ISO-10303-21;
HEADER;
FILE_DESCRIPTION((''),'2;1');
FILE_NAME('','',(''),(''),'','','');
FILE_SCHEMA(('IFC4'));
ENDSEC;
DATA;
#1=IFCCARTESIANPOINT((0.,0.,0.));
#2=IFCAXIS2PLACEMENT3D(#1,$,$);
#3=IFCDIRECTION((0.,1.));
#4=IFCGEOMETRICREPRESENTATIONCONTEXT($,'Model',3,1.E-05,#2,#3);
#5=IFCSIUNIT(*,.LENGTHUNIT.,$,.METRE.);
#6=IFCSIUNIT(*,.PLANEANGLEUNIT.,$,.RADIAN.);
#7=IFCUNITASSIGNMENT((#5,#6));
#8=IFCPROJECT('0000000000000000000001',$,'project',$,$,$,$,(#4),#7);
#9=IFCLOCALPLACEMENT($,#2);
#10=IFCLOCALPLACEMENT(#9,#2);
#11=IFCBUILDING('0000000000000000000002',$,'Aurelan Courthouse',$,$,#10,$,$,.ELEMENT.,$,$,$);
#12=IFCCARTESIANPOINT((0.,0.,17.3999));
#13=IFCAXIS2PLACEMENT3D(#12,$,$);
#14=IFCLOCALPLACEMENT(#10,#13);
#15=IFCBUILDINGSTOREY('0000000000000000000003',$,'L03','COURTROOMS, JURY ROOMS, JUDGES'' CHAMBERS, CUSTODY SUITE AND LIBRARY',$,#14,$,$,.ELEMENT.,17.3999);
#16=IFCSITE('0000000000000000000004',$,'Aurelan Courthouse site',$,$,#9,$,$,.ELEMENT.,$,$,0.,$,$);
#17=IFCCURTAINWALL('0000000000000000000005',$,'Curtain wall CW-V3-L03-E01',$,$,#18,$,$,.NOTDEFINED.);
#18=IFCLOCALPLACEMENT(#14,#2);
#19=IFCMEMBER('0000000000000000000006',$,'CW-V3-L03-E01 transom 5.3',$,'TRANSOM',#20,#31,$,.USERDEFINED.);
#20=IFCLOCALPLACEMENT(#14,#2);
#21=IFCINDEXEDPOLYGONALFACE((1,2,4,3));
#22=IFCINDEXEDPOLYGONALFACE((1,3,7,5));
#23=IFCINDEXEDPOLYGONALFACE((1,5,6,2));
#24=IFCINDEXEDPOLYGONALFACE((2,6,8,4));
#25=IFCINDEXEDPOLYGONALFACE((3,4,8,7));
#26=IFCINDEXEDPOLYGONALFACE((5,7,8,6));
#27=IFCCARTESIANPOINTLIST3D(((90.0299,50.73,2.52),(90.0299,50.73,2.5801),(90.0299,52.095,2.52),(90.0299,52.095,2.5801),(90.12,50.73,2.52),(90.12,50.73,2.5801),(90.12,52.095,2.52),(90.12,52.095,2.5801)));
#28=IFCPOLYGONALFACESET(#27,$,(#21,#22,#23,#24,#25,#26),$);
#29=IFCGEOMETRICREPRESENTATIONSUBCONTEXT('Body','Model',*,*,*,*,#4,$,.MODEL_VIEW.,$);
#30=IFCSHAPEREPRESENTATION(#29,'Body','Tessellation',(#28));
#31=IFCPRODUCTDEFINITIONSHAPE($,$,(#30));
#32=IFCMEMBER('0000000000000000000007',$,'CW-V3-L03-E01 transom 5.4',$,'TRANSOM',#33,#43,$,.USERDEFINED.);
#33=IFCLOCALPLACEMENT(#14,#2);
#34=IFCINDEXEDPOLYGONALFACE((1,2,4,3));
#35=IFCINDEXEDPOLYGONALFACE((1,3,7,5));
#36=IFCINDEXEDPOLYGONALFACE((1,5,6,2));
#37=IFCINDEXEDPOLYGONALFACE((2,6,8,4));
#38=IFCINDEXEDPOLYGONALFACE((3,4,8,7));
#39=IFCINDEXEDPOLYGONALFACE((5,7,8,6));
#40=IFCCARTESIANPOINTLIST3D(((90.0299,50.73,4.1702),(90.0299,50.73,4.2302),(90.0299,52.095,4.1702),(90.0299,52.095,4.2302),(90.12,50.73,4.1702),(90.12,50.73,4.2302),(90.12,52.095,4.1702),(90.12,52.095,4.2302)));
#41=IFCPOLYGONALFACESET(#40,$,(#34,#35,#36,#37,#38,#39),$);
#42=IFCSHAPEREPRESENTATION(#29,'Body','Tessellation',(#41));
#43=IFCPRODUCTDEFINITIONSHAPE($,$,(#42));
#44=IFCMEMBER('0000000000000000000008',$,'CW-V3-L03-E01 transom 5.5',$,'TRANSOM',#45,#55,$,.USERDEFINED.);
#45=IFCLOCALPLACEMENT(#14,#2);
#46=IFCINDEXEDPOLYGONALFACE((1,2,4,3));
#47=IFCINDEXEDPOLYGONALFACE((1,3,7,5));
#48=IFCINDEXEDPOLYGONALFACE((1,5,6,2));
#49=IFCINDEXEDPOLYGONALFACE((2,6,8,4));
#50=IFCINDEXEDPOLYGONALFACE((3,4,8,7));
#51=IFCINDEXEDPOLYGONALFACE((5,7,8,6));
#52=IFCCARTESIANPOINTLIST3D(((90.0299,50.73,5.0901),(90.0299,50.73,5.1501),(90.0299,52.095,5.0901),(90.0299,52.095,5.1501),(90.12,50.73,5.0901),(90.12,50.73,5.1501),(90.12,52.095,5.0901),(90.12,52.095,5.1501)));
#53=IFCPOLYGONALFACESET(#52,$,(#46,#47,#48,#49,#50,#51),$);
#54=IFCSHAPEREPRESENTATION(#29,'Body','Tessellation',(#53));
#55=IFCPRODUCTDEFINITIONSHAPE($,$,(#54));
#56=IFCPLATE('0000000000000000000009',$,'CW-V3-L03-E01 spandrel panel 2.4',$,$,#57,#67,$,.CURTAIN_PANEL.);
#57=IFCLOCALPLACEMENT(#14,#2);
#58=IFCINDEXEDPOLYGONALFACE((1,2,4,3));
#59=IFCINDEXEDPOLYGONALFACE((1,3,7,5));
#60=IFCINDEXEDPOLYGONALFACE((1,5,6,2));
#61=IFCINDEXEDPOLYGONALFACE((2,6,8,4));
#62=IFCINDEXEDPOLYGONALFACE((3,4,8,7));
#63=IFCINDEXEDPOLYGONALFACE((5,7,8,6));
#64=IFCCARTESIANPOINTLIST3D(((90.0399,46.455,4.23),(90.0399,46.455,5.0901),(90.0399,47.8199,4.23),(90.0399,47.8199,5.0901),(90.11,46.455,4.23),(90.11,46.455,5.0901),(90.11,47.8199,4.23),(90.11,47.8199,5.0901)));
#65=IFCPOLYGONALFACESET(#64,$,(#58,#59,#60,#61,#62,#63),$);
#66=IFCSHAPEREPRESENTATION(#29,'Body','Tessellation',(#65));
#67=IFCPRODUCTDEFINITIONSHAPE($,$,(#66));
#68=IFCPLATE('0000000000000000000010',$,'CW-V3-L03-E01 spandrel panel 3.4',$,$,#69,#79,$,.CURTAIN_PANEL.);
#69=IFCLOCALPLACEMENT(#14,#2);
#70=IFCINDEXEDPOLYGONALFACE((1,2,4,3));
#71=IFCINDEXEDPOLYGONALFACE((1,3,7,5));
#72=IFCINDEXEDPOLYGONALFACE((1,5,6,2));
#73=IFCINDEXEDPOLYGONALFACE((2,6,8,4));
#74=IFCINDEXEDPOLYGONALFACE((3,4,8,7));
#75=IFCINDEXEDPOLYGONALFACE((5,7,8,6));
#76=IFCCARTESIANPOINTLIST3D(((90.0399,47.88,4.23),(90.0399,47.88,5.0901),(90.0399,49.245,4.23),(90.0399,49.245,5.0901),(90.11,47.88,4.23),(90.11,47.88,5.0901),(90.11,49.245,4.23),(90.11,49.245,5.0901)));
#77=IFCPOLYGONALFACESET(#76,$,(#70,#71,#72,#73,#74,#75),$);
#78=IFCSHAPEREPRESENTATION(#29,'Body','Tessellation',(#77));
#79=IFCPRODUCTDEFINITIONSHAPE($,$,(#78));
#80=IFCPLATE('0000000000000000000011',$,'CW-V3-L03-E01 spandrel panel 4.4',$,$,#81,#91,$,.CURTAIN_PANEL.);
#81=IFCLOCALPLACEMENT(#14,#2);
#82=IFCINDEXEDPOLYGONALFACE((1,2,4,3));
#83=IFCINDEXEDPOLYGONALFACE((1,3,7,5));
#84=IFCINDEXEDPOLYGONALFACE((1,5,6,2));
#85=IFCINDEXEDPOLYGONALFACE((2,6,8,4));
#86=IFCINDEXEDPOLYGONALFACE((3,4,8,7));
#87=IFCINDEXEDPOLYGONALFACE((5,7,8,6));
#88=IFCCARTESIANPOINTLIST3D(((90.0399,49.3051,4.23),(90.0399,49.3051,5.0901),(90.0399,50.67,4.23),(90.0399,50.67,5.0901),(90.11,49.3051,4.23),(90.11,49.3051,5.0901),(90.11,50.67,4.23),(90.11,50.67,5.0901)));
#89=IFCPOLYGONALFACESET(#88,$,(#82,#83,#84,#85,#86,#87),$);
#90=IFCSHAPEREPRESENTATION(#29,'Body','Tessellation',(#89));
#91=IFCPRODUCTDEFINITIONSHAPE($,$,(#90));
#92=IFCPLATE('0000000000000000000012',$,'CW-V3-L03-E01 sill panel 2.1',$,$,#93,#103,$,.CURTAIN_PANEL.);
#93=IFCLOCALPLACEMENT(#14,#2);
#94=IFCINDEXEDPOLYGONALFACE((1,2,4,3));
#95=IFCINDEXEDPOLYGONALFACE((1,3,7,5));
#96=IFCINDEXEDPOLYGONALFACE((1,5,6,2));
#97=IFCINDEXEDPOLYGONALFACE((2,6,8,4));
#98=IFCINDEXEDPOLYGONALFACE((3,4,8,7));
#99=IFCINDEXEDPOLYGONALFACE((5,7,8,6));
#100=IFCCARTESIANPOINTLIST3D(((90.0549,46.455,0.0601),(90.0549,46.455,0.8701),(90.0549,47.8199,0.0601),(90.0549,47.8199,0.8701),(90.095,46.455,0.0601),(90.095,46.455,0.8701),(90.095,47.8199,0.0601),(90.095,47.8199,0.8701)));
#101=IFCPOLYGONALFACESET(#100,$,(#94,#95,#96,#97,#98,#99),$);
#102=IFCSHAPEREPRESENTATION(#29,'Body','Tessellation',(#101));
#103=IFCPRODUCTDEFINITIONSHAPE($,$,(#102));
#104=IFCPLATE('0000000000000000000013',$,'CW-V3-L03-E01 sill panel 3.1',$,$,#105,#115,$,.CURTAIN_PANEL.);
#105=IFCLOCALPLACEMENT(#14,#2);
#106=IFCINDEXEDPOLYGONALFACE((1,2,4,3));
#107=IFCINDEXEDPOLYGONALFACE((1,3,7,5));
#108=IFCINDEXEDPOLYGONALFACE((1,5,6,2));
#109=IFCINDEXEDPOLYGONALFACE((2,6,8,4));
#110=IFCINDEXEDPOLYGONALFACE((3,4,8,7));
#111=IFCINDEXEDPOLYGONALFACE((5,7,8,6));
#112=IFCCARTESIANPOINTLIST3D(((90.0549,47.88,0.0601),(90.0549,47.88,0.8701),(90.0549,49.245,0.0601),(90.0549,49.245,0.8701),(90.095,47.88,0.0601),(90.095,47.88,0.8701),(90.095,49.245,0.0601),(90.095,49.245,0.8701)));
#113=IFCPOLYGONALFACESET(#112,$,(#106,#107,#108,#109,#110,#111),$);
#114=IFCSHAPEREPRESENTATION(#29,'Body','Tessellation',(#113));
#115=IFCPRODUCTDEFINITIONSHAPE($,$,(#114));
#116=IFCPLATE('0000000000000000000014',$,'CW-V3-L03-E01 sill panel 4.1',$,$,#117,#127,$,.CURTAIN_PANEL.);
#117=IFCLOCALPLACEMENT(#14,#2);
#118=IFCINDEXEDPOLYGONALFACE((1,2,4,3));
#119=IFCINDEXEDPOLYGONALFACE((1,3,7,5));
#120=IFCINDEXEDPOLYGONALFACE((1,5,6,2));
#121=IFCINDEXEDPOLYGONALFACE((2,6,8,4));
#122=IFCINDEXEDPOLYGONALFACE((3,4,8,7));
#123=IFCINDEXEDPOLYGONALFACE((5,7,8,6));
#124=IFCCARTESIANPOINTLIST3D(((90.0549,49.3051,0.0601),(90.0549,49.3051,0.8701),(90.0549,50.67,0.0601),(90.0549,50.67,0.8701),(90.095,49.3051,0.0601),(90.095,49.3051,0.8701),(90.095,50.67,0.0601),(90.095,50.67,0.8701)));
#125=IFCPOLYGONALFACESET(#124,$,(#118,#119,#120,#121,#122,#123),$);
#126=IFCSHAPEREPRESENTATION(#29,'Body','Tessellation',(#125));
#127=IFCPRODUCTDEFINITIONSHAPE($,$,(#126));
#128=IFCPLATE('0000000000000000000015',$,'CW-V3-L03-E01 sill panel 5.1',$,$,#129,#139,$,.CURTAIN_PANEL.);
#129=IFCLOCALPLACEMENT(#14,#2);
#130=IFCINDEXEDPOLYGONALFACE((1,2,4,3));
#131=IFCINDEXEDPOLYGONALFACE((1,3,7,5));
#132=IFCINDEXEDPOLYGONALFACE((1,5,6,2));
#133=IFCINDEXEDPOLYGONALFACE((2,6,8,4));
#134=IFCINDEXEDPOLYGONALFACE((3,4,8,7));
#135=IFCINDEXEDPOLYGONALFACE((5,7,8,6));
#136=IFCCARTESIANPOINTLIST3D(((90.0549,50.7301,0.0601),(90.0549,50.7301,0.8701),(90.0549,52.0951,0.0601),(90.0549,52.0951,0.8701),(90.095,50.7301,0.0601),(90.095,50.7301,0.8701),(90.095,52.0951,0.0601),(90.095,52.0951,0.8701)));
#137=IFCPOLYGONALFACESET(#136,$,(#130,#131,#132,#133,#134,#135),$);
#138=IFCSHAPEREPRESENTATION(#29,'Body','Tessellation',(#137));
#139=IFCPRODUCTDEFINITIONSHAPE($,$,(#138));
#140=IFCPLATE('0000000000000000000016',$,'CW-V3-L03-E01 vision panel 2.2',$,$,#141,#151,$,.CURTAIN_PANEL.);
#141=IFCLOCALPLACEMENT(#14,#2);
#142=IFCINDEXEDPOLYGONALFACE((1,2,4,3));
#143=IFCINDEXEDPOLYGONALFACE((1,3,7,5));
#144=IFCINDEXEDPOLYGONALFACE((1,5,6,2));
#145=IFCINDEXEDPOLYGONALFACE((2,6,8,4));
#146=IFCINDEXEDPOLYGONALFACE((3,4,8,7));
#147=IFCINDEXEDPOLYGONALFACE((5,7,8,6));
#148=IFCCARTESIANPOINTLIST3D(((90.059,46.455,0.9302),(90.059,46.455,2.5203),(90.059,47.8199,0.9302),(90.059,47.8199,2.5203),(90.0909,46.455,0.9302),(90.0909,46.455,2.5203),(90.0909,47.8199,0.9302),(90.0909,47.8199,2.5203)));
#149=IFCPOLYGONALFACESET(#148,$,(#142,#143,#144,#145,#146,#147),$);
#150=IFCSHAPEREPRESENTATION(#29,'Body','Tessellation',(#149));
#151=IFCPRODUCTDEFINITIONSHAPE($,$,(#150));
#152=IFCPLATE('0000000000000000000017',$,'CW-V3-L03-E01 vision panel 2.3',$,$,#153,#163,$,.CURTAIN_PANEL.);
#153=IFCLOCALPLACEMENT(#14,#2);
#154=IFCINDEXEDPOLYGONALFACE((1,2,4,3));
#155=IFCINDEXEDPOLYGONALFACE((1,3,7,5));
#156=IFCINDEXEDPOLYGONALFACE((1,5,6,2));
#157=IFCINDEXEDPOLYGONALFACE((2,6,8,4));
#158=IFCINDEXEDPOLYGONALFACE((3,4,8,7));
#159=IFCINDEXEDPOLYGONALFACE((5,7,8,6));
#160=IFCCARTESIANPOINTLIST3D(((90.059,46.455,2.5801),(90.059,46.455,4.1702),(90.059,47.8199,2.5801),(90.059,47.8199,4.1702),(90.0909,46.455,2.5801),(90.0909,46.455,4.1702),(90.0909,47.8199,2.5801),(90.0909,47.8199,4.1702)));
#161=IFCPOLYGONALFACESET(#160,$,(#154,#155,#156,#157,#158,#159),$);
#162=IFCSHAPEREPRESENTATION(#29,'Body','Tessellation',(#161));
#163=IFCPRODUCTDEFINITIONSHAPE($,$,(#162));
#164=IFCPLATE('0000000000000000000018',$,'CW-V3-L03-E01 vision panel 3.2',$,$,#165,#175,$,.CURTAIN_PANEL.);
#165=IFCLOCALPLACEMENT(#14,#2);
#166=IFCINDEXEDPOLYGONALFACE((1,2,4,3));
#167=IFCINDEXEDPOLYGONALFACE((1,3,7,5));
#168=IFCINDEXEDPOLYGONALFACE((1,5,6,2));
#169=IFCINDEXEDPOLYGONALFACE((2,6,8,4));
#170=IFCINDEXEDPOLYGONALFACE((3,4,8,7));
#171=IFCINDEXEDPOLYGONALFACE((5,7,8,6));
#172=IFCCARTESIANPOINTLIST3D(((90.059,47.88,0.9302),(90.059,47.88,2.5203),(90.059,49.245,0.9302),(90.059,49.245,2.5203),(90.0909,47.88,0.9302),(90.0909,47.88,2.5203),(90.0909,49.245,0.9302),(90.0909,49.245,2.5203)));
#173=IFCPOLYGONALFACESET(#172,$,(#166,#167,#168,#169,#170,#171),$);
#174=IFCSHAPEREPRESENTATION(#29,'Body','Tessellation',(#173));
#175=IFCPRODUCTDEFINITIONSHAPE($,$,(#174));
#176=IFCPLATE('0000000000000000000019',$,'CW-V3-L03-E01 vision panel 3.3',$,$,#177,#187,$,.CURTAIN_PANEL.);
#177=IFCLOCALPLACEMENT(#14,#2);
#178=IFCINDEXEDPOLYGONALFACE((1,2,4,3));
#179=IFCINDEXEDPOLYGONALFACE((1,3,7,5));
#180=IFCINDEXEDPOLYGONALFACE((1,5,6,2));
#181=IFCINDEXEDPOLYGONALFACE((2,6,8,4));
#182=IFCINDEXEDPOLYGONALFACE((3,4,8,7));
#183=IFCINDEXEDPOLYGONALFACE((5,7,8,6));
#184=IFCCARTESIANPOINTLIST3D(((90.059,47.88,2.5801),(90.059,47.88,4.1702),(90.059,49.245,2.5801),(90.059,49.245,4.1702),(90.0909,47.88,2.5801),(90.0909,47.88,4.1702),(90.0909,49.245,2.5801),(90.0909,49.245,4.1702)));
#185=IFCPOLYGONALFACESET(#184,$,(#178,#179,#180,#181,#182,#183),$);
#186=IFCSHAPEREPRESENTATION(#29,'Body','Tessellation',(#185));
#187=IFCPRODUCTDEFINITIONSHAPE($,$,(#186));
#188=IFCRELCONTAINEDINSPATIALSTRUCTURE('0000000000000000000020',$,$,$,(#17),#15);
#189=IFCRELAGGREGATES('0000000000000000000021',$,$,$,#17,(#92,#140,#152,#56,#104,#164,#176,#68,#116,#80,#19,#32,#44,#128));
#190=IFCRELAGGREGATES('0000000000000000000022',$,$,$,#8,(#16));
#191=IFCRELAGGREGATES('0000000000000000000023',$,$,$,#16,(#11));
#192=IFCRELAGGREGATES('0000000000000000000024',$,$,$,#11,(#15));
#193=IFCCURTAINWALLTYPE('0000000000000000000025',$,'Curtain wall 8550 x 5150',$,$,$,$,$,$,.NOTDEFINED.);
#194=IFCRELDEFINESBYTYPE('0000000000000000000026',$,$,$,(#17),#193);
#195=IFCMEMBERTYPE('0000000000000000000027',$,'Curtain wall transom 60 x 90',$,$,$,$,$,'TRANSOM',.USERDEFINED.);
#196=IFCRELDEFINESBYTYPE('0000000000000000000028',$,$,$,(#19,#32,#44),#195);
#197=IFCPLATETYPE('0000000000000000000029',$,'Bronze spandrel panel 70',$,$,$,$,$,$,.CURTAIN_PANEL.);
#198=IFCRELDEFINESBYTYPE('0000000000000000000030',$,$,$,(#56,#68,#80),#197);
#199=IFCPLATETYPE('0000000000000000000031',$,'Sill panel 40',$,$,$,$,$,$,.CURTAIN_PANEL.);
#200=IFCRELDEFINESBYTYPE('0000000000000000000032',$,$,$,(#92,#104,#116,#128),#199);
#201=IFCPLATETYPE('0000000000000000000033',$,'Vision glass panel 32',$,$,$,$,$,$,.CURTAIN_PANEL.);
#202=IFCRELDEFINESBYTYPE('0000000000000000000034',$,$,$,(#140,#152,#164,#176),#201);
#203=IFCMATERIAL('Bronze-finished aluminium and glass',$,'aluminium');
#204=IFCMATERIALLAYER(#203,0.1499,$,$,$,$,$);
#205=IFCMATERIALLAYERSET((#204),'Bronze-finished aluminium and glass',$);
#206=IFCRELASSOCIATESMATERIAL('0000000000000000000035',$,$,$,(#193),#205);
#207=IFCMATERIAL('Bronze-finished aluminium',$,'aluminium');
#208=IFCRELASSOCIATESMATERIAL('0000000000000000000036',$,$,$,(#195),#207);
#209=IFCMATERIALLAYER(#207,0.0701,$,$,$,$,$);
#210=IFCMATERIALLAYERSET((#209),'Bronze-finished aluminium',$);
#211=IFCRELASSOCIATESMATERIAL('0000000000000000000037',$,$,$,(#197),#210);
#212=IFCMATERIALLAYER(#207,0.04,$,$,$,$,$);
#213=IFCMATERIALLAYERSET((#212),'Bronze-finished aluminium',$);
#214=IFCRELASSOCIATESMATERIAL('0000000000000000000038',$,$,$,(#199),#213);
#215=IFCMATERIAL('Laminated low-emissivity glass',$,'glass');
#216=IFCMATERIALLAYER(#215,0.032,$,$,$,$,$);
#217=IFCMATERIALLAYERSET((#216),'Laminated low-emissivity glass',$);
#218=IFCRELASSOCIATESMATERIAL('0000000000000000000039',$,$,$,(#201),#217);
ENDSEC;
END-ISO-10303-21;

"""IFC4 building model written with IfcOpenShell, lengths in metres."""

from ifc_helpers import new_model, si_unit, direction, frame, origin, origin_2d, place, context, subcontext, project, spatial, rectangle, extrude, material, layer, layer_set, material_profile, profile_set, type_object, element, aggregate, save


model = new_model("IFC4")

# Units and contexts
model_context = context("Model", 3, precision=1e-05, world=origin(), true_north=direction((0.0, 1.0)))
body_context = subcontext(model_context, "Body", "Model", "MODEL_VIEW")
ifc_project = project(units=[si_unit("LENGTHUNIT", "METRE"), si_unit("PLANEANGLEUNIT", "RADIAN")], contexts=[model_context])

# Site, building, storey
site_placement = place(None, origin())
site = spatial("IfcSite", under=ifc_project, at=site_placement, Name="Aurelan Courthouse site", CompositionType="ELEMENT", RefElevation=0.0)
building_placement = place(site_placement, origin())
building = spatial("IfcBuilding", under=site, at=building_placement, Name="Aurelan Courthouse", CompositionType="ELEMENT")
storey_placement = place(building_placement, frame((0.0, 0.0, 17.3999)))
storey = spatial("IfcBuildingStorey", under=building, at=storey_placement, Name="L03", Description="COURTROOMS, JURY ROOMS, JUDGES' CHAMBERS, CUSTODY SUITE AND LIBRARY", CompositionType="ELEMENT", Elevation=17.3999)

# Curtain wall, members, plates
ifc_material_1 = material(Name="Bronze-finished aluminium and glass", Category="aluminium")
ifc_layer_1 = layer(ifc_material_1, 0.1499)
ifc_layer_set_1 = layer_set([ifc_layer_1], Name="Bronze-finished aluminium and glass")
curtain_wall_type = type_object("IfcCurtainWallType", Name="Curtain wall 8550 x 5150", PredefinedType="NOTDEFINED", material=ifc_layer_set_1)
curtain_wall_placement = place(storey_placement, origin())
curtain_wall = element("IfcCurtainWall", 1, at=curtain_wall_placement, inside=storey, type_object=curtain_wall_type, Name="Curtain wall CW-V3-L03-E01", PredefinedType="NOTDEFINED")
ifc_material_2 = material(Name="Bronze-finished aluminium", Category="aluminium")
ifc_material_profile_1 = material_profile(ifc_material_2, rectangle(XDim=0.0901, YDim=0.0601, at=origin_2d()), Name="Bronze transom 60 x 90")
ifc_profile_set_1 = profile_set([ifc_material_profile_1], Name="Bronze-finished aluminium")
member_type_1 = type_object("IfcMemberType", Name="Curtain wall transom 60 x 90", ElementType="TRANSOM", PredefinedType="USERDEFINED", material=ifc_profile_set_1)
member_1_placement = place(storey_placement, frame((90.075, 50.73, 2.55), z_axis=(0.0, 1.0, 0.0), x_axis=(-1.0, 0.0, 0.0)))
member_1 = element("IfcMember", 2, at=member_1_placement, type_object=member_type_1, Name="CW-V3-L03-E01 transom 5.3", ObjectType="TRANSOM", PredefinedType="USERDEFINED", context=body_context, shape_type="SweptSolid", body=[
    extrude(rectangle(XDim=0.0901, YDim=0.0601, at=origin_2d()), origin(), (0.0, 0.0, 1.0), 1.365),
])
member_2_placement = place(storey_placement, frame((90.075, 50.73, 4.2002), z_axis=(0.0, 1.0, 0.0), x_axis=(-1.0, 0.0, 0.0)))
member_2 = element("IfcMember", 3, at=member_2_placement, type_object=member_type_1, Name="CW-V3-L03-E01 transom 5.4", ObjectType="TRANSOM", PredefinedType="USERDEFINED", context=body_context, shape_type="SweptSolid", body=[
    extrude(rectangle(XDim=0.0901, YDim=0.0601, at=origin_2d()), origin(), (0.0, 0.0, 1.0), 1.365),
])
member_3_placement = place(storey_placement, frame((90.075, 50.73, 5.1201), z_axis=(0.0, 1.0, 0.0), x_axis=(-1.0, 0.0, 0.0)))
member_3 = element("IfcMember", 4, at=member_3_placement, type_object=member_type_1, Name="CW-V3-L03-E01 transom 5.5", ObjectType="TRANSOM", PredefinedType="USERDEFINED", context=body_context, shape_type="SweptSolid", body=[
    extrude(rectangle(XDim=0.0901, YDim=0.0601, at=origin_2d()), origin(), (0.0, 0.0, 1.0), 1.365),
])
ifc_layer_2 = layer(ifc_material_2, 0.0701)
ifc_layer_set_2 = layer_set([ifc_layer_2], Name="Bronze-finished aluminium")
plate_type_1 = type_object("IfcPlateType", Name="Bronze spandrel panel 70", PredefinedType="CURTAIN_PANEL", material=ifc_layer_set_2)
plate_1_placement = place(storey_placement, frame((90.075, 47.1375, 4.23), z_axis=(0.0, 0.0, 1.0), x_axis=(0.0, 1.0, 0.0)))
plate_1 = element("IfcPlate", 5, at=plate_1_placement, type_object=plate_type_1, Name="CW-V3-L03-E01 spandrel panel 2.4", PredefinedType="CURTAIN_PANEL", context=body_context, shape_type="SweptSolid", body=[
    extrude(rectangle(XDim=1.365, YDim=0.0701, at=origin_2d()), origin(), (0.0, 0.0, 1.0), 0.8601),
])
plate_2_placement = place(storey_placement, frame((90.075, 48.5625, 4.23), z_axis=(0.0, 0.0, 1.0), x_axis=(0.0, 1.0, 0.0)))
plate_2 = element("IfcPlate", 6, at=plate_2_placement, type_object=plate_type_1, Name="CW-V3-L03-E01 spandrel panel 3.4", PredefinedType="CURTAIN_PANEL", context=body_context, shape_type="SweptSolid", body=[
    extrude(rectangle(XDim=1.365, YDim=0.0701, at=origin_2d()), origin(), (0.0, 0.0, 1.0), 0.8601),
])
plate_3_placement = place(storey_placement, frame((90.075, 49.9875, 4.23), z_axis=(0.0, 0.0, 1.0), x_axis=(0.0, 1.0, 0.0)))
plate_3 = element("IfcPlate", 7, at=plate_3_placement, type_object=plate_type_1, Name="CW-V3-L03-E01 spandrel panel 4.4", PredefinedType="CURTAIN_PANEL", context=body_context, shape_type="SweptSolid", body=[
    extrude(rectangle(XDim=1.365, YDim=0.0701, at=origin_2d()), origin(), (0.0, 0.0, 1.0), 0.8601),
])
ifc_layer_3 = layer(ifc_material_2, 0.04)
ifc_layer_set_3 = layer_set([ifc_layer_3], Name="Bronze-finished aluminium")
plate_type_2 = type_object("IfcPlateType", Name="Sill panel 40", PredefinedType="CURTAIN_PANEL", material=ifc_layer_set_3)
plate_4_placement = place(storey_placement, frame((90.075, 47.1375, 0.0601), z_axis=(0.0, 0.0, 1.0), x_axis=(0.0, 1.0, 0.0)))
plate_4 = element("IfcPlate", 8, at=plate_4_placement, type_object=plate_type_2, Name="CW-V3-L03-E01 sill panel 2.1", PredefinedType="CURTAIN_PANEL", context=body_context, shape_type="SweptSolid", body=[
    extrude(rectangle(XDim=1.365, YDim=0.04, at=origin_2d()), origin(), (0.0, 0.0, 1.0), 0.8101),
])
plate_5_placement = place(storey_placement, frame((90.075, 48.5625, 0.0601), z_axis=(0.0, 0.0, 1.0), x_axis=(0.0, 1.0, 0.0)))
plate_5 = element("IfcPlate", 9, at=plate_5_placement, type_object=plate_type_2, Name="CW-V3-L03-E01 sill panel 3.1", PredefinedType="CURTAIN_PANEL", context=body_context, shape_type="SweptSolid", body=[
    extrude(rectangle(XDim=1.365, YDim=0.04, at=origin_2d()), origin(), (0.0, 0.0, 1.0), 0.8101),
])
plate_6_placement = place(storey_placement, frame((90.075, 49.9875, 0.0601), z_axis=(0.0, 0.0, 1.0), x_axis=(0.0, 1.0, 0.0)))
plate_6 = element("IfcPlate", 10, at=plate_6_placement, type_object=plate_type_2, Name="CW-V3-L03-E01 sill panel 4.1", PredefinedType="CURTAIN_PANEL", context=body_context, shape_type="SweptSolid", body=[
    extrude(rectangle(XDim=1.365, YDim=0.04, at=origin_2d()), origin(), (0.0, 0.0, 1.0), 0.8101),
])
plate_7_placement = place(storey_placement, frame((90.075, 51.4126, 0.0601), z_axis=(0.0, 0.0, 1.0), x_axis=(0.0, 1.0, 0.0)))
plate_7 = element("IfcPlate", 11, at=plate_7_placement, type_object=plate_type_2, Name="CW-V3-L03-E01 sill panel 5.1", PredefinedType="CURTAIN_PANEL", context=body_context, shape_type="SweptSolid", body=[
    extrude(rectangle(XDim=1.365, YDim=0.04, at=origin_2d()), origin(), (0.0, 0.0, 1.0), 0.8101),
])
ifc_material_3 = material(Name="Laminated low-emissivity glass", Category="glass")
ifc_layer_4 = layer(ifc_material_3, 0.032)
ifc_layer_set_4 = layer_set([ifc_layer_4], Name="Laminated low-emissivity glass")
plate_type_3 = type_object("IfcPlateType", Name="Vision glass panel 32", PredefinedType="CURTAIN_PANEL", material=ifc_layer_set_4)
plate_8_placement = place(storey_placement, frame((90.075, 47.1375, 0.9302), z_axis=(0.0, 0.0, 1.0), x_axis=(0.0, 1.0, 0.0)))
plate_8 = element("IfcPlate", 12, at=plate_8_placement, type_object=plate_type_3, Name="CW-V3-L03-E01 vision panel 2.2", PredefinedType="CURTAIN_PANEL", context=body_context, shape_type="SweptSolid", body=[
    extrude(rectangle(XDim=1.365, YDim=0.032, at=origin_2d()), origin(), (0.0, 0.0, 1.0), 1.5901),
])
plate_9_placement = place(storey_placement, frame((90.075, 47.1375, 2.5801), z_axis=(0.0, 0.0, 1.0), x_axis=(0.0, 1.0, 0.0)))
plate_9 = element("IfcPlate", 13, at=plate_9_placement, type_object=plate_type_3, Name="CW-V3-L03-E01 vision panel 2.3", PredefinedType="CURTAIN_PANEL", context=body_context, shape_type="SweptSolid", body=[
    extrude(rectangle(XDim=1.365, YDim=0.032, at=origin_2d()), origin(), (0.0, 0.0, 1.0), 1.5901),
])
plate_10_placement = place(storey_placement, frame((90.075, 48.5625, 0.9302), z_axis=(0.0, 0.0, 1.0), x_axis=(0.0, 1.0, 0.0)))
plate_10 = element("IfcPlate", 14, at=plate_10_placement, type_object=plate_type_3, Name="CW-V3-L03-E01 vision panel 3.2", PredefinedType="CURTAIN_PANEL", context=body_context, shape_type="SweptSolid", body=[
    extrude(rectangle(XDim=1.365, YDim=0.032, at=origin_2d()), origin(), (0.0, 0.0, 1.0), 1.5901),
])
plate_11_placement = place(storey_placement, frame((90.075, 48.5625, 2.5801), z_axis=(0.0, 0.0, 1.0), x_axis=(0.0, 1.0, 0.0)))
plate_11 = element("IfcPlate", 15, at=plate_11_placement, type_object=plate_type_3, Name="CW-V3-L03-E01 vision panel 3.3", PredefinedType="CURTAIN_PANEL", context=body_context, shape_type="SweptSolid", body=[
    extrude(rectangle(XDim=1.365, YDim=0.032, at=origin_2d()), origin(), (0.0, 0.0, 1.0), 1.5901),
])
aggregate(curtain_wall, [plate_4, plate_8, plate_9, plate_1, plate_5, plate_10, plate_11, plate_2, plate_6, plate_3, member_1, member_2, member_3, plate_7])

save(model, "model.ifc")
